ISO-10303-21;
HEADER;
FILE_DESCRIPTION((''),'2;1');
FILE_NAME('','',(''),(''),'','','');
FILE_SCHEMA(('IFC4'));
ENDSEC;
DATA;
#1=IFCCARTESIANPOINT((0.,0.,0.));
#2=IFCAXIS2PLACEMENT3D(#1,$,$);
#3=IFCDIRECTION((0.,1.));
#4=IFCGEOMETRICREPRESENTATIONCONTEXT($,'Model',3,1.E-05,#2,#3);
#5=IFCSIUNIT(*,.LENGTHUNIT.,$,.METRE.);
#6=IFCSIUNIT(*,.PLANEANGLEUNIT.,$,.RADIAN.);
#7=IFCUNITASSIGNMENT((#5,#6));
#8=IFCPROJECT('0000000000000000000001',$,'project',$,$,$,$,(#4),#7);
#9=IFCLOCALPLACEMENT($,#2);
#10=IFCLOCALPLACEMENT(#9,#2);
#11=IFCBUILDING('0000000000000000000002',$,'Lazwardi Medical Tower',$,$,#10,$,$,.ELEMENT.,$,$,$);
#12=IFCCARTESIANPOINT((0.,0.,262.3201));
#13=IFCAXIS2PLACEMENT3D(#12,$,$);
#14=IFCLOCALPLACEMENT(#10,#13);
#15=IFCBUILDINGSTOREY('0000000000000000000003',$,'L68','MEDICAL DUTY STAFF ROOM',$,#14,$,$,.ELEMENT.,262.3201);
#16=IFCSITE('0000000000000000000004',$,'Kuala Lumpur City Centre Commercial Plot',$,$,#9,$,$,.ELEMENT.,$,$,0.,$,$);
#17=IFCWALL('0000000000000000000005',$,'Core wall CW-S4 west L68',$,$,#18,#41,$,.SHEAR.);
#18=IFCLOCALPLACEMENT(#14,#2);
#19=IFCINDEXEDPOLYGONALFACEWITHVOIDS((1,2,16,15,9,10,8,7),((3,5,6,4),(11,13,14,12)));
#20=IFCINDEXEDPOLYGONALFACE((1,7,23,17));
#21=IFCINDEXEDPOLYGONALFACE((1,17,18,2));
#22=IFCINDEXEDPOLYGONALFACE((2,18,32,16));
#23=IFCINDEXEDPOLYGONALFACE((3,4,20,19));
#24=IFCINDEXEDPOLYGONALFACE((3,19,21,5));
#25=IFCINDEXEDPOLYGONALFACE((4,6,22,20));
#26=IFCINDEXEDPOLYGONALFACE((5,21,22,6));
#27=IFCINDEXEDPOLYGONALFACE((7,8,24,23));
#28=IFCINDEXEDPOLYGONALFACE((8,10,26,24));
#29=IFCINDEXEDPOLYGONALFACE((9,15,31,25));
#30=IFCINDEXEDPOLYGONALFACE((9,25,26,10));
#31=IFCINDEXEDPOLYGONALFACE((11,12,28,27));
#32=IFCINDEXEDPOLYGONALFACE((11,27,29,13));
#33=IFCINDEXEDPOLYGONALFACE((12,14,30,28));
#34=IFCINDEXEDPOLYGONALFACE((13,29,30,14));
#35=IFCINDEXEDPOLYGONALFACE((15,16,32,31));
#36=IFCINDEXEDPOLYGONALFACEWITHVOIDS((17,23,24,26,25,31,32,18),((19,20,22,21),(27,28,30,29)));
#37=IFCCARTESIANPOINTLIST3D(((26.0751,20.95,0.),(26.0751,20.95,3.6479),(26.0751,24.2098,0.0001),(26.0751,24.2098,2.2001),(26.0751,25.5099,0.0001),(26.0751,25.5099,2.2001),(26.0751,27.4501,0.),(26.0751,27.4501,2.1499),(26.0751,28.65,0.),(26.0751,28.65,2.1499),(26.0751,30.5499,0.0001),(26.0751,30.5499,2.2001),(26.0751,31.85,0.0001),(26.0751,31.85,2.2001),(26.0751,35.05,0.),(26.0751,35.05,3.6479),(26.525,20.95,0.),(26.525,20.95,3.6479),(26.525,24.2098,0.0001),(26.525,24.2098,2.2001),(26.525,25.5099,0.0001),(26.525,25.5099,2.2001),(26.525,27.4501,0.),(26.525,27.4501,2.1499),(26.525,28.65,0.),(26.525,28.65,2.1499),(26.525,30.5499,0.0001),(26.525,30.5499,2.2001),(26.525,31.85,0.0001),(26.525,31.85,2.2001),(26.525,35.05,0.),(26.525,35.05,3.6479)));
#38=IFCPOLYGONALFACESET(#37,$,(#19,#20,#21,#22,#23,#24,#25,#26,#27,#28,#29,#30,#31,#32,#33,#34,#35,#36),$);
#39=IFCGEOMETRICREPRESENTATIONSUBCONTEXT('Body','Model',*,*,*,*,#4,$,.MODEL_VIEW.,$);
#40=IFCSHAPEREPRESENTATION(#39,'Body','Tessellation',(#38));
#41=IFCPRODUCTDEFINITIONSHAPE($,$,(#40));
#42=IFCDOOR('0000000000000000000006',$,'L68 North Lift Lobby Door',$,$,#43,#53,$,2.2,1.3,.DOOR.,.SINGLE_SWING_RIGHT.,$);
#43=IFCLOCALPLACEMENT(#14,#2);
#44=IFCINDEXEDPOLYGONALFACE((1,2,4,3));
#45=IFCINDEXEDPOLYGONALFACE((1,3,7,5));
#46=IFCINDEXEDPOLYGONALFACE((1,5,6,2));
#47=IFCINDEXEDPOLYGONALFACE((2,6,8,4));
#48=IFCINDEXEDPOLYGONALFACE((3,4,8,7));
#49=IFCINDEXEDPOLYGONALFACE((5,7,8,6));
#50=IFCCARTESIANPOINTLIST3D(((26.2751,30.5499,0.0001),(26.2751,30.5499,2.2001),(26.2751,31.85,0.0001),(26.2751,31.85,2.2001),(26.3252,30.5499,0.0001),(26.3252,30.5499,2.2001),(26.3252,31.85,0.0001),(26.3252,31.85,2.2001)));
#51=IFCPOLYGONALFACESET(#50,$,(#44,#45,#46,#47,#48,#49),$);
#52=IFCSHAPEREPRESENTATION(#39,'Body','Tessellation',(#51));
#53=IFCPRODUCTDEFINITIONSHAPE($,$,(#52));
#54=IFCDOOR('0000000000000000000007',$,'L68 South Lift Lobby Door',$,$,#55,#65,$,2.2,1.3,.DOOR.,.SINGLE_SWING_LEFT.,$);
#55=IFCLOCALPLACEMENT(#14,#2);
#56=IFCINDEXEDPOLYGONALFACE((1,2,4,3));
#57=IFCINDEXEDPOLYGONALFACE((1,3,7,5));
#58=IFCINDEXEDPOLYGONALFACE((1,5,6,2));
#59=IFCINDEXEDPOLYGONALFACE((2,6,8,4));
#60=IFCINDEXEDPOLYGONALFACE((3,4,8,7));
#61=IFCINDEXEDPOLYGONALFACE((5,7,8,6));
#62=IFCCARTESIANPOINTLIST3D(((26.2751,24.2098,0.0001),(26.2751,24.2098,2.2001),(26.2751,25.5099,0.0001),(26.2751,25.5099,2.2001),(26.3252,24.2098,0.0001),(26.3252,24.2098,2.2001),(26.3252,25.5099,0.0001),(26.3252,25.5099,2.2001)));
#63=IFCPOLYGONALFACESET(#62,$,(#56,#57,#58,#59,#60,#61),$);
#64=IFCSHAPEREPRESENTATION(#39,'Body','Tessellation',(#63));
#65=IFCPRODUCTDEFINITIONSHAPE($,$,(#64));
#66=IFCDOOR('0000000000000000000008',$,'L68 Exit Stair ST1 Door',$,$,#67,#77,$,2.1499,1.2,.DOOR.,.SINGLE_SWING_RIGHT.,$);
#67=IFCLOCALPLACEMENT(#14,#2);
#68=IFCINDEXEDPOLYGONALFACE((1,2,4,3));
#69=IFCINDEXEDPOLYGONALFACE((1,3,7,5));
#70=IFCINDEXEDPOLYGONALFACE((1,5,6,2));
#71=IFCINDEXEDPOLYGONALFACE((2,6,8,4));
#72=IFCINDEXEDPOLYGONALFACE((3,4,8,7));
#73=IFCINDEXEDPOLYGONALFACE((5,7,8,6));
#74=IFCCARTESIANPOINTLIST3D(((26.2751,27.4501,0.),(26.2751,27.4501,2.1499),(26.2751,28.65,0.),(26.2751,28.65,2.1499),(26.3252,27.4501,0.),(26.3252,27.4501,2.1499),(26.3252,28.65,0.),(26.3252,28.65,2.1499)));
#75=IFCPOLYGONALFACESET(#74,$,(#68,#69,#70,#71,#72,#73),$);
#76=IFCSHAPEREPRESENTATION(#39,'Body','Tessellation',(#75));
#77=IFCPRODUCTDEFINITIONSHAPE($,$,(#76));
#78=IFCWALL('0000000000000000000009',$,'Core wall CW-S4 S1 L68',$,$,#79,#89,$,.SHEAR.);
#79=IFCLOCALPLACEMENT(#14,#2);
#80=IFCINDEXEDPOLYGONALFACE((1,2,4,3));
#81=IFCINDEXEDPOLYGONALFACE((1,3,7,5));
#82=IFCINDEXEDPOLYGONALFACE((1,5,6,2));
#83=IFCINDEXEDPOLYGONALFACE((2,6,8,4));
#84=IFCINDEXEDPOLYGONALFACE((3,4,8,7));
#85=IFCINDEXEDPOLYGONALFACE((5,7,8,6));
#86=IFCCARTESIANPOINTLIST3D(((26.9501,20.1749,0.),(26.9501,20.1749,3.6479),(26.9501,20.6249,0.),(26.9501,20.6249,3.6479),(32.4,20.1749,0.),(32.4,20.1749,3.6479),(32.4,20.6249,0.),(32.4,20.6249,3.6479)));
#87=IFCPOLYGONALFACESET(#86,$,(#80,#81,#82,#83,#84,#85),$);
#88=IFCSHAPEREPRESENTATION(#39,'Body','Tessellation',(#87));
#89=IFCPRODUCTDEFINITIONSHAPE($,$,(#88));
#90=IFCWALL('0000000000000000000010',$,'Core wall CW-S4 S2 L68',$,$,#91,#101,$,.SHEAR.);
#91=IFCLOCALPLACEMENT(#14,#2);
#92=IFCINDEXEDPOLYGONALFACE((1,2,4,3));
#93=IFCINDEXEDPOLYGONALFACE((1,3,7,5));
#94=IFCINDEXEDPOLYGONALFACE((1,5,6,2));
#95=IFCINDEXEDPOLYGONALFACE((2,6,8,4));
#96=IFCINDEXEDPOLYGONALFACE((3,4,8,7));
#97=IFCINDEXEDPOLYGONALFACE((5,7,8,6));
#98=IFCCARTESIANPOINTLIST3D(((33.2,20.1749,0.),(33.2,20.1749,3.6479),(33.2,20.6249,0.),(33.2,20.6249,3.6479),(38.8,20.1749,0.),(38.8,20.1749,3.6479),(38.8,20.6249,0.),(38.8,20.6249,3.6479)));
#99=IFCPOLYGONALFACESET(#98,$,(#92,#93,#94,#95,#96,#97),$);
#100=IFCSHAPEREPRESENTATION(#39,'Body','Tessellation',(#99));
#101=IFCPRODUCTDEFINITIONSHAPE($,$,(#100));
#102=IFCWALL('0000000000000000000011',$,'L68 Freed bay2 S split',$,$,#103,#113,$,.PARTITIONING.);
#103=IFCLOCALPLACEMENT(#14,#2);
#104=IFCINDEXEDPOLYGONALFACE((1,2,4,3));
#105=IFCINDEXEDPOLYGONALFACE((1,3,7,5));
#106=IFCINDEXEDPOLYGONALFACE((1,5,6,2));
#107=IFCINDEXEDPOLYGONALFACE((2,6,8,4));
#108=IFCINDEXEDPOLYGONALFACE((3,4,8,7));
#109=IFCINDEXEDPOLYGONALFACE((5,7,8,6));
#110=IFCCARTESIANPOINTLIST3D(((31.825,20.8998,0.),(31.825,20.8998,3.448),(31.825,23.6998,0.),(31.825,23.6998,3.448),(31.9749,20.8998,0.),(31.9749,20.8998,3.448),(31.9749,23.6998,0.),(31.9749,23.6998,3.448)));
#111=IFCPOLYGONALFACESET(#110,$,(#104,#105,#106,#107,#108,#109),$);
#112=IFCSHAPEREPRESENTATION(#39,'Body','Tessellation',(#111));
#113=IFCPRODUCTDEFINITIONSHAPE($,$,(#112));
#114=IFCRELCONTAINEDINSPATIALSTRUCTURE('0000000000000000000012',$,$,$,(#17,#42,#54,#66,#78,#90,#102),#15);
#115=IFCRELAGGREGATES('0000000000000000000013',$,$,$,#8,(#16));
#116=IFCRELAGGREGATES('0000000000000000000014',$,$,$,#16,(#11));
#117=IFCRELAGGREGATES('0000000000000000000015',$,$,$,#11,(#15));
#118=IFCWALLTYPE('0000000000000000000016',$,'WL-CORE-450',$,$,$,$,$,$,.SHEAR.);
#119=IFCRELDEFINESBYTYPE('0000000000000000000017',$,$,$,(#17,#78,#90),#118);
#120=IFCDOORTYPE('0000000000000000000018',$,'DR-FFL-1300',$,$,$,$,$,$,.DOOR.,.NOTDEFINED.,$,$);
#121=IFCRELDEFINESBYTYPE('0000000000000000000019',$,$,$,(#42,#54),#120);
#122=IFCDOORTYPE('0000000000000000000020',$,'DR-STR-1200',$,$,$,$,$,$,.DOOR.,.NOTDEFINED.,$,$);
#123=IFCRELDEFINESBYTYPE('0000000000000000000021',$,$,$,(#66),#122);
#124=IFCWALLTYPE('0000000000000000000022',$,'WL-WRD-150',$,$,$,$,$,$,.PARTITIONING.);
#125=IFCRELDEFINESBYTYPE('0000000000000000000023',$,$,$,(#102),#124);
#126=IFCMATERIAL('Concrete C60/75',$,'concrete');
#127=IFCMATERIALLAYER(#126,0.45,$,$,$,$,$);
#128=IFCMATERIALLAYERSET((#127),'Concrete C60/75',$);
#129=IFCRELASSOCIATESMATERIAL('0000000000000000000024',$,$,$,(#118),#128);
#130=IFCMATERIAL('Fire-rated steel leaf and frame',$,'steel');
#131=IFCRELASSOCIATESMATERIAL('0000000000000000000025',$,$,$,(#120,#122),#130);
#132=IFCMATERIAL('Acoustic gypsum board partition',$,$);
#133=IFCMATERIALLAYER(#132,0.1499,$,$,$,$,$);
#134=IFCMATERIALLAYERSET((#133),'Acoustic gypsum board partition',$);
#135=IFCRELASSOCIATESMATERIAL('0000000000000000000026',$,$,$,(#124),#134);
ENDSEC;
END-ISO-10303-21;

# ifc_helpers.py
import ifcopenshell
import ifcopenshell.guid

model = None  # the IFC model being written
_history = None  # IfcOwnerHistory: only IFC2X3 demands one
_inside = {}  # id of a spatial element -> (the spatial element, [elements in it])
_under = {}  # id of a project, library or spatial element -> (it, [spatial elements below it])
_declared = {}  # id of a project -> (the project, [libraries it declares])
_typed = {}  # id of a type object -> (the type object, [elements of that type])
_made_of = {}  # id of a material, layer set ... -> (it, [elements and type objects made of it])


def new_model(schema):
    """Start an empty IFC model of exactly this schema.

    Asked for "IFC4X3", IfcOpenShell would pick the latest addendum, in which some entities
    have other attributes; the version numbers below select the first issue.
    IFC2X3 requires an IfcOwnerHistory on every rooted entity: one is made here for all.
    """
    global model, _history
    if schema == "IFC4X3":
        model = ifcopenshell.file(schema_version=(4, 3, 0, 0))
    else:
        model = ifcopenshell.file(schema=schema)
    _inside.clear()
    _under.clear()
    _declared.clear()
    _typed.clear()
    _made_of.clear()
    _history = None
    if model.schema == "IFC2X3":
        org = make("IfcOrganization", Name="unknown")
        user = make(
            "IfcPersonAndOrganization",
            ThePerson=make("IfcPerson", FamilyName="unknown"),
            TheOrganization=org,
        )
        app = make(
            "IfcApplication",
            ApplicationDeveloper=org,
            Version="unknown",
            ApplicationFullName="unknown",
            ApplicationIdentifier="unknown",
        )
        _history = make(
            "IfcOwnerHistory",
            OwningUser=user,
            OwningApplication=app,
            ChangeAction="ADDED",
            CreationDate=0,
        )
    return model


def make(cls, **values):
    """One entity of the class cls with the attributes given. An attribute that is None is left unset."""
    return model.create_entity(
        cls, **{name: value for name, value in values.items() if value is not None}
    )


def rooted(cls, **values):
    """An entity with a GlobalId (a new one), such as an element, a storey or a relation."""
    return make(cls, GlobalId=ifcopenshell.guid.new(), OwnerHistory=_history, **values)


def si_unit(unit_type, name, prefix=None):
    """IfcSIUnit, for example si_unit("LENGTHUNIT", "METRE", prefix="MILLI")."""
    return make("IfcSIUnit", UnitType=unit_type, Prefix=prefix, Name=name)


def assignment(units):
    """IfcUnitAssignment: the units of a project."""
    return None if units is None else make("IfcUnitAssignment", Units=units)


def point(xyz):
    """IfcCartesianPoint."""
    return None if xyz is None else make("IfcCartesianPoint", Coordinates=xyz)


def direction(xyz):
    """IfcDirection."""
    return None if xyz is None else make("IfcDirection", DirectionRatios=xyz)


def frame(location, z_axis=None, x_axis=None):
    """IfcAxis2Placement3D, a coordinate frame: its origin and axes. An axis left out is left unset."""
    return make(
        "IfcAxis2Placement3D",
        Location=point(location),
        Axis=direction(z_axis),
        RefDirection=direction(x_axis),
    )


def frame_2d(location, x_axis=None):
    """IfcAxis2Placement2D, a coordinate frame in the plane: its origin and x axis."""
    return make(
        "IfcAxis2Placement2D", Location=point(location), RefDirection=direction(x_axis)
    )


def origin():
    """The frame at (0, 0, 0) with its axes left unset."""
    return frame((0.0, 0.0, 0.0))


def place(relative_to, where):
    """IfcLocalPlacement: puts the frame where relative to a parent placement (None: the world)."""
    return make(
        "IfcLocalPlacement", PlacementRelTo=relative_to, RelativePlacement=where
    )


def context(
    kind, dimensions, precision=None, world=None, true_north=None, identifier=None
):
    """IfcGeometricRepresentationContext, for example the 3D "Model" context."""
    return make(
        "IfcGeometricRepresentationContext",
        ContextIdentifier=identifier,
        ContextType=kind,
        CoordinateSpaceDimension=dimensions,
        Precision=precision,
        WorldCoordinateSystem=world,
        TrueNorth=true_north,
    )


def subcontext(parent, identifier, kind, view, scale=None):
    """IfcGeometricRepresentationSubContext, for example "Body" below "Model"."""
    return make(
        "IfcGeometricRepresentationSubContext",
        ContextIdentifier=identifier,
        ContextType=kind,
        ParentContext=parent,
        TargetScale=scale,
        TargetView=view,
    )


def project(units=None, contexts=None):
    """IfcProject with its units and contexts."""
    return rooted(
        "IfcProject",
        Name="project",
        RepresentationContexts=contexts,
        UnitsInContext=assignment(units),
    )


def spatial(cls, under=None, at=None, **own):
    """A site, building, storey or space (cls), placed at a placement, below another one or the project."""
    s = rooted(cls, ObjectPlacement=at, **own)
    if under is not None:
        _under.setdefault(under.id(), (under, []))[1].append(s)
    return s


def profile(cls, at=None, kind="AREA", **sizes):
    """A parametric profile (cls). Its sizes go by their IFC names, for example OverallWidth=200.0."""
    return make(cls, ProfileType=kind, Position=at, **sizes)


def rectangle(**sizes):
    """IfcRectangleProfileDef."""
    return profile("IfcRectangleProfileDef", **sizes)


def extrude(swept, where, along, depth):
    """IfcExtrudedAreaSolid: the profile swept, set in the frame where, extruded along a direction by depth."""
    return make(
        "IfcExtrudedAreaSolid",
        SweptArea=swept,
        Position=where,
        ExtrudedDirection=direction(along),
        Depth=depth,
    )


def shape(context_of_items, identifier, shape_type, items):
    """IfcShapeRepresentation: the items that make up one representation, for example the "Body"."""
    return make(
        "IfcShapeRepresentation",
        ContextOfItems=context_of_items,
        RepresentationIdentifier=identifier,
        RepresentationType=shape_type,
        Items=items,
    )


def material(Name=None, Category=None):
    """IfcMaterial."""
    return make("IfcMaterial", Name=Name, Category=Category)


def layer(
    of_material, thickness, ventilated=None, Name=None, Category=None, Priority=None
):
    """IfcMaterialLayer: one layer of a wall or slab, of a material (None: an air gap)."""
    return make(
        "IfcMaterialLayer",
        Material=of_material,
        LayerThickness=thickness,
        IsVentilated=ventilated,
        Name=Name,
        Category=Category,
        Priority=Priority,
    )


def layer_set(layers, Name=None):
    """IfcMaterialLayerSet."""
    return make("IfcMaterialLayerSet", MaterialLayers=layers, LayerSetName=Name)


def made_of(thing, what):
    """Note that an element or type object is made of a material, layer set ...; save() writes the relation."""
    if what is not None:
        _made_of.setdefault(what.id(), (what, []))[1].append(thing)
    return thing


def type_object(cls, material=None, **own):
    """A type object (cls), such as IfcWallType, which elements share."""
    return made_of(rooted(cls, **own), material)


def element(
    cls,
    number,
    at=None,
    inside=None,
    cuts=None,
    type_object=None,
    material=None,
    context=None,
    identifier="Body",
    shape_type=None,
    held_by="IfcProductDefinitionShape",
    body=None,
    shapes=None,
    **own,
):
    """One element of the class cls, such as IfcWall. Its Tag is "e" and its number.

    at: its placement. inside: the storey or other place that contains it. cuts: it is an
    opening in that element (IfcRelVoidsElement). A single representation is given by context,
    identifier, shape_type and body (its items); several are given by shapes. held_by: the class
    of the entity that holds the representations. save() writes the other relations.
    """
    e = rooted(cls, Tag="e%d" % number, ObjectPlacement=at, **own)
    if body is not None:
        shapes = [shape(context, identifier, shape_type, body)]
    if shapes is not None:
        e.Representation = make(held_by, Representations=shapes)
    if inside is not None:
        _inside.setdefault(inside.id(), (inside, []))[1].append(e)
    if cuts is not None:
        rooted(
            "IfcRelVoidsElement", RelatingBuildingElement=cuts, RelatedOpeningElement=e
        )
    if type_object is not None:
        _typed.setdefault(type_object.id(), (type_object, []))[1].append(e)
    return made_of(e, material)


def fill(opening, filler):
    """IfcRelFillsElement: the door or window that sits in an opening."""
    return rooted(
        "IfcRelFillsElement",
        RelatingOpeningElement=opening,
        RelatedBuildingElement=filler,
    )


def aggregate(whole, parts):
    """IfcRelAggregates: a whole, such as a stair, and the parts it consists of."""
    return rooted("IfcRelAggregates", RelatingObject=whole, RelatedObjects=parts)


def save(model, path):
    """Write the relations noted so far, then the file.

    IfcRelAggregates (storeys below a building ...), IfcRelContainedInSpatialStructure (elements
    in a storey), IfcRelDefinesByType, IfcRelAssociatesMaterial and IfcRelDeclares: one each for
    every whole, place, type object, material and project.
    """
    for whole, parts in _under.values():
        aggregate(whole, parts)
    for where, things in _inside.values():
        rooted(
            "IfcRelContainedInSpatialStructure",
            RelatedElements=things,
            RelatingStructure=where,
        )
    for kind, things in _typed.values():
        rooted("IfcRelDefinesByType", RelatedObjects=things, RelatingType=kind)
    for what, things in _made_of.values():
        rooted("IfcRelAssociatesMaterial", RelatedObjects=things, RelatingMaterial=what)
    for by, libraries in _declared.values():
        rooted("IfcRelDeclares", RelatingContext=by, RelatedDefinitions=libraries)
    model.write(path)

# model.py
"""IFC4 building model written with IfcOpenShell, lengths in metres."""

from ifc_helpers import new_model, si_unit, direction, frame, frame_2d, origin, place, context, subcontext, project, spatial, rectangle, extrude, material, layer, layer_set, type_object, element, fill, save


model = new_model("IFC4")

# Units and contexts
model_context = context("Model", 3, precision=1e-05, world=origin(), true_north=direction((0.0, 1.0)))
body_context = subcontext(model_context, "Body", "Model", "MODEL_VIEW")
ifc_project = project(units=[si_unit("LENGTHUNIT", "METRE"), si_unit("PLANEANGLEUNIT", "RADIAN")], contexts=[model_context])

# Site, building, storey
site_placement = place(None, origin())
site = spatial("IfcSite", under=ifc_project, at=site_placement, Name="Kuala Lumpur City Centre Commercial Plot", CompositionType="ELEMENT", RefElevation=0.0)
building_placement = place(site_placement, origin())
building = spatial("IfcBuilding", under=site, at=building_placement, Name="Lazwardi Medical Tower", CompositionType="ELEMENT")
storey_placement = place(building_placement, frame((0.0, 0.0, 262.3201)))
storey = spatial("IfcBuildingStorey", under=building, at=storey_placement, Name="L68", Description="MEDICAL DUTY STAFF ROOM", CompositionType="ELEMENT", Elevation=262.3201)

# Shared definitions
ifc_material_1 = material(Name="Concrete C60/75", Category="concrete")

# Wall, openings, doors
ifc_layer_1 = layer(ifc_material_1, 0.45)
ifc_layer_set_1 = layer_set([ifc_layer_1], Name="Concrete C60/75")
wall_type_1 = type_object("IfcWallType", Name="WL-CORE-450", PredefinedType="SHEAR", material=ifc_layer_set_1)
wall_1_placement = place(storey_placement, frame((26.3, 20.95, 0.0), z_axis=(0.0, 0.0, 1.0), x_axis=(0.0, 1.0, 0.0)))
wall_1 = element("IfcWall", 1, at=wall_1_placement, inside=storey, type_object=wall_type_1, Name="Core wall CW-S4 west L68", PredefinedType="SHEAR", context=body_context, shape_type="SweptSolid", body=[
    extrude(rectangle(XDim=14.1001, YDim=0.45, at=frame_2d((7.05, 0.0))), origin(), (0.0, 0.0, 1.0), 3.6479),
])
opening_1_placement = place(wall_1_placement, frame((6.5, 0.0, 0.0)))
opening_1 = element("IfcOpeningElement", 2, at=opening_1_placement, cuts=wall_1, PredefinedType="OPENING", context=body_context, shape_type="SweptSolid", body=[
    extrude(rectangle(XDim=1.2, YDim=2.1499, at=frame_2d((0.6001, 1.075))), frame((0.0, 0.2349, 0.0), z_axis=(0.0, -1.0, 0.0), x_axis=(1.0, 0.0, 0.0)), (0.0, 0.0, 1.0), 0.47),
])
opening_2_placement = place(wall_1_placement, frame((9.6001, 0.0, 0.0)))
opening_2 = element("IfcOpeningElement", 3, at=opening_2_placement, cuts=wall_1, PredefinedType="OPENING", context=body_context, shape_type="SweptSolid", body=[
    extrude(rectangle(XDim=1.3, YDim=2.2, at=frame_2d((0.6499, 1.1001))), frame((0.0, 0.2349, 0.0), z_axis=(0.0, -1.0, 0.0), x_axis=(1.0, 0.0, 0.0)), (0.0, 0.0, 1.0), 0.47),
])
opening_3_placement = place(wall_1_placement, frame((3.26, 0.0, 0.0)))
opening_3 = element("IfcOpeningElement", 4, at=opening_3_placement, cuts=wall_1, PredefinedType="OPENING", context=body_context, shape_type="SweptSolid", body=[
    extrude(rectangle(XDim=1.3, YDim=2.2, at=frame_2d((0.6499, 1.1001))), frame((0.0, 0.2349, 0.0), z_axis=(0.0, -1.0, 0.0), x_axis=(1.0, 0.0, 0.0)), (0.0, 0.0, 1.0), 0.47),
])
ifc_material_2 = material(Name="Fire-rated steel leaf and frame", Category="steel")
door_type_1 = type_object("IfcDoorType", Name="DR-FFL-1300", OperationType="NOTDEFINED", PredefinedType="DOOR", material=ifc_material_2)
door_1_placement = place(opening_2_placement, origin())
door_1 = element("IfcDoor", 5, at=door_1_placement, inside=storey, type_object=door_type_1, Name="L68 North Lift Lobby Door", OperationType="SINGLE_SWING_RIGHT", OverallHeight=2.2, OverallWidth=1.3, PredefinedType="DOOR", context=body_context, shape_type="SweptSolid", body=[
    extrude(rectangle(XDim=1.3, YDim=2.2, at=frame_2d((0.6499, 1.1001))), frame((0.0, 0.0249, 0.0), z_axis=(0.0, -1.0, 0.0), x_axis=(1.0, 0.0, 0.0)), (0.0, 0.0, 1.0), 0.05),
])
fill(opening_2, door_1)
door_2_placement = place(opening_3_placement, origin())
door_2 = element("IfcDoor", 6, at=door_2_placement, inside=storey, type_object=door_type_1, Name="L68 South Lift Lobby Door", OperationType="SINGLE_SWING_LEFT", OverallHeight=2.2, OverallWidth=1.3, PredefinedType="DOOR", context=body_context, shape_type="SweptSolid", body=[
    extrude(rectangle(XDim=1.3, YDim=2.2, at=frame_2d((0.6499, 1.1001))), frame((0.0, 0.0249, 0.0), z_axis=(0.0, -1.0, 0.0), x_axis=(1.0, 0.0, 0.0)), (0.0, 0.0, 1.0), 0.05),
])
fill(opening_3, door_2)
door_type_2 = type_object("IfcDoorType", Name="DR-STR-1200", OperationType="NOTDEFINED", PredefinedType="DOOR", material=ifc_material_2)
door_3_placement = place(opening_1_placement, origin())
door_3 = element("IfcDoor", 7, at=door_3_placement, inside=storey, type_object=door_type_2, Name="L68 Exit Stair ST1 Door", OperationType="SINGLE_SWING_RIGHT", OverallHeight=2.1499, OverallWidth=1.2, PredefinedType="DOOR", context=body_context, shape_type="SweptSolid", body=[
    extrude(rectangle(XDim=1.2, YDim=2.1499, at=frame_2d((0.6001, 1.075))), frame((0.0, 0.0249, 0.0), z_axis=(0.0, -1.0, 0.0), x_axis=(1.0, 0.0, 0.0)), (0.0, 0.0, 1.0), 0.05),
])
fill(opening_1, door_3)

# Walls
wall_2_placement = place(storey_placement, frame((26.95, 20.3999, 0.0), z_axis=(0.0, 0.0, 1.0), x_axis=(1.0, 0.0, 0.0)))
element("IfcWall", 8, at=wall_2_placement, inside=storey, type_object=wall_type_1, Name="Core wall CW-S4 S1 L68", PredefinedType="SHEAR", context=body_context, shape_type="SweptSolid", body=[
    extrude(rectangle(XDim=5.45, YDim=0.45, at=frame_2d((2.7251, 0.0))), origin(), (0.0, 0.0, 1.0), 3.6479),
])
wall_3_placement = place(storey_placement, frame((33.2, 20.3999, 0.0), z_axis=(0.0, 0.0, 1.0), x_axis=(1.0, 0.0, 0.0)))
element("IfcWall", 9, at=wall_3_placement, inside=storey, type_object=wall_type_1, Name="Core wall CW-S4 S2 L68", PredefinedType="SHEAR", context=body_context, shape_type="SweptSolid", body=[
    extrude(rectangle(XDim=5.6001, YDim=0.45, at=frame_2d((2.8, 0.0))), origin(), (0.0, 0.0, 1.0), 3.6479),
])
ifc_material_3 = material(Name="Acoustic gypsum board partition")
ifc_layer_2 = layer(ifc_material_3, 0.1499)
ifc_layer_set_2 = layer_set([ifc_layer_2], Name="Acoustic gypsum board partition")
wall_type_2 = type_object("IfcWallType", Name="WL-WRD-150", PredefinedType="PARTITIONING", material=ifc_layer_set_2)
wall_4_placement = place(storey_placement, frame((31.8999, 20.8999, 0.0), z_axis=(0.0, 0.0, 1.0), x_axis=(0.0, 1.0, 0.0)))
element("IfcWall", 10, at=wall_4_placement, inside=storey, type_object=wall_type_2, Name="L68 Freed bay2 S split", PredefinedType="PARTITIONING", context=body_context, shape_type="SweptSolid", body=[
    extrude(rectangle(XDim=2.8, YDim=0.1499, at=frame_2d((1.3999, 0.0))), origin(), (0.0, 0.0, 1.0), 3.448),
])

save(model, "model.ifc")
